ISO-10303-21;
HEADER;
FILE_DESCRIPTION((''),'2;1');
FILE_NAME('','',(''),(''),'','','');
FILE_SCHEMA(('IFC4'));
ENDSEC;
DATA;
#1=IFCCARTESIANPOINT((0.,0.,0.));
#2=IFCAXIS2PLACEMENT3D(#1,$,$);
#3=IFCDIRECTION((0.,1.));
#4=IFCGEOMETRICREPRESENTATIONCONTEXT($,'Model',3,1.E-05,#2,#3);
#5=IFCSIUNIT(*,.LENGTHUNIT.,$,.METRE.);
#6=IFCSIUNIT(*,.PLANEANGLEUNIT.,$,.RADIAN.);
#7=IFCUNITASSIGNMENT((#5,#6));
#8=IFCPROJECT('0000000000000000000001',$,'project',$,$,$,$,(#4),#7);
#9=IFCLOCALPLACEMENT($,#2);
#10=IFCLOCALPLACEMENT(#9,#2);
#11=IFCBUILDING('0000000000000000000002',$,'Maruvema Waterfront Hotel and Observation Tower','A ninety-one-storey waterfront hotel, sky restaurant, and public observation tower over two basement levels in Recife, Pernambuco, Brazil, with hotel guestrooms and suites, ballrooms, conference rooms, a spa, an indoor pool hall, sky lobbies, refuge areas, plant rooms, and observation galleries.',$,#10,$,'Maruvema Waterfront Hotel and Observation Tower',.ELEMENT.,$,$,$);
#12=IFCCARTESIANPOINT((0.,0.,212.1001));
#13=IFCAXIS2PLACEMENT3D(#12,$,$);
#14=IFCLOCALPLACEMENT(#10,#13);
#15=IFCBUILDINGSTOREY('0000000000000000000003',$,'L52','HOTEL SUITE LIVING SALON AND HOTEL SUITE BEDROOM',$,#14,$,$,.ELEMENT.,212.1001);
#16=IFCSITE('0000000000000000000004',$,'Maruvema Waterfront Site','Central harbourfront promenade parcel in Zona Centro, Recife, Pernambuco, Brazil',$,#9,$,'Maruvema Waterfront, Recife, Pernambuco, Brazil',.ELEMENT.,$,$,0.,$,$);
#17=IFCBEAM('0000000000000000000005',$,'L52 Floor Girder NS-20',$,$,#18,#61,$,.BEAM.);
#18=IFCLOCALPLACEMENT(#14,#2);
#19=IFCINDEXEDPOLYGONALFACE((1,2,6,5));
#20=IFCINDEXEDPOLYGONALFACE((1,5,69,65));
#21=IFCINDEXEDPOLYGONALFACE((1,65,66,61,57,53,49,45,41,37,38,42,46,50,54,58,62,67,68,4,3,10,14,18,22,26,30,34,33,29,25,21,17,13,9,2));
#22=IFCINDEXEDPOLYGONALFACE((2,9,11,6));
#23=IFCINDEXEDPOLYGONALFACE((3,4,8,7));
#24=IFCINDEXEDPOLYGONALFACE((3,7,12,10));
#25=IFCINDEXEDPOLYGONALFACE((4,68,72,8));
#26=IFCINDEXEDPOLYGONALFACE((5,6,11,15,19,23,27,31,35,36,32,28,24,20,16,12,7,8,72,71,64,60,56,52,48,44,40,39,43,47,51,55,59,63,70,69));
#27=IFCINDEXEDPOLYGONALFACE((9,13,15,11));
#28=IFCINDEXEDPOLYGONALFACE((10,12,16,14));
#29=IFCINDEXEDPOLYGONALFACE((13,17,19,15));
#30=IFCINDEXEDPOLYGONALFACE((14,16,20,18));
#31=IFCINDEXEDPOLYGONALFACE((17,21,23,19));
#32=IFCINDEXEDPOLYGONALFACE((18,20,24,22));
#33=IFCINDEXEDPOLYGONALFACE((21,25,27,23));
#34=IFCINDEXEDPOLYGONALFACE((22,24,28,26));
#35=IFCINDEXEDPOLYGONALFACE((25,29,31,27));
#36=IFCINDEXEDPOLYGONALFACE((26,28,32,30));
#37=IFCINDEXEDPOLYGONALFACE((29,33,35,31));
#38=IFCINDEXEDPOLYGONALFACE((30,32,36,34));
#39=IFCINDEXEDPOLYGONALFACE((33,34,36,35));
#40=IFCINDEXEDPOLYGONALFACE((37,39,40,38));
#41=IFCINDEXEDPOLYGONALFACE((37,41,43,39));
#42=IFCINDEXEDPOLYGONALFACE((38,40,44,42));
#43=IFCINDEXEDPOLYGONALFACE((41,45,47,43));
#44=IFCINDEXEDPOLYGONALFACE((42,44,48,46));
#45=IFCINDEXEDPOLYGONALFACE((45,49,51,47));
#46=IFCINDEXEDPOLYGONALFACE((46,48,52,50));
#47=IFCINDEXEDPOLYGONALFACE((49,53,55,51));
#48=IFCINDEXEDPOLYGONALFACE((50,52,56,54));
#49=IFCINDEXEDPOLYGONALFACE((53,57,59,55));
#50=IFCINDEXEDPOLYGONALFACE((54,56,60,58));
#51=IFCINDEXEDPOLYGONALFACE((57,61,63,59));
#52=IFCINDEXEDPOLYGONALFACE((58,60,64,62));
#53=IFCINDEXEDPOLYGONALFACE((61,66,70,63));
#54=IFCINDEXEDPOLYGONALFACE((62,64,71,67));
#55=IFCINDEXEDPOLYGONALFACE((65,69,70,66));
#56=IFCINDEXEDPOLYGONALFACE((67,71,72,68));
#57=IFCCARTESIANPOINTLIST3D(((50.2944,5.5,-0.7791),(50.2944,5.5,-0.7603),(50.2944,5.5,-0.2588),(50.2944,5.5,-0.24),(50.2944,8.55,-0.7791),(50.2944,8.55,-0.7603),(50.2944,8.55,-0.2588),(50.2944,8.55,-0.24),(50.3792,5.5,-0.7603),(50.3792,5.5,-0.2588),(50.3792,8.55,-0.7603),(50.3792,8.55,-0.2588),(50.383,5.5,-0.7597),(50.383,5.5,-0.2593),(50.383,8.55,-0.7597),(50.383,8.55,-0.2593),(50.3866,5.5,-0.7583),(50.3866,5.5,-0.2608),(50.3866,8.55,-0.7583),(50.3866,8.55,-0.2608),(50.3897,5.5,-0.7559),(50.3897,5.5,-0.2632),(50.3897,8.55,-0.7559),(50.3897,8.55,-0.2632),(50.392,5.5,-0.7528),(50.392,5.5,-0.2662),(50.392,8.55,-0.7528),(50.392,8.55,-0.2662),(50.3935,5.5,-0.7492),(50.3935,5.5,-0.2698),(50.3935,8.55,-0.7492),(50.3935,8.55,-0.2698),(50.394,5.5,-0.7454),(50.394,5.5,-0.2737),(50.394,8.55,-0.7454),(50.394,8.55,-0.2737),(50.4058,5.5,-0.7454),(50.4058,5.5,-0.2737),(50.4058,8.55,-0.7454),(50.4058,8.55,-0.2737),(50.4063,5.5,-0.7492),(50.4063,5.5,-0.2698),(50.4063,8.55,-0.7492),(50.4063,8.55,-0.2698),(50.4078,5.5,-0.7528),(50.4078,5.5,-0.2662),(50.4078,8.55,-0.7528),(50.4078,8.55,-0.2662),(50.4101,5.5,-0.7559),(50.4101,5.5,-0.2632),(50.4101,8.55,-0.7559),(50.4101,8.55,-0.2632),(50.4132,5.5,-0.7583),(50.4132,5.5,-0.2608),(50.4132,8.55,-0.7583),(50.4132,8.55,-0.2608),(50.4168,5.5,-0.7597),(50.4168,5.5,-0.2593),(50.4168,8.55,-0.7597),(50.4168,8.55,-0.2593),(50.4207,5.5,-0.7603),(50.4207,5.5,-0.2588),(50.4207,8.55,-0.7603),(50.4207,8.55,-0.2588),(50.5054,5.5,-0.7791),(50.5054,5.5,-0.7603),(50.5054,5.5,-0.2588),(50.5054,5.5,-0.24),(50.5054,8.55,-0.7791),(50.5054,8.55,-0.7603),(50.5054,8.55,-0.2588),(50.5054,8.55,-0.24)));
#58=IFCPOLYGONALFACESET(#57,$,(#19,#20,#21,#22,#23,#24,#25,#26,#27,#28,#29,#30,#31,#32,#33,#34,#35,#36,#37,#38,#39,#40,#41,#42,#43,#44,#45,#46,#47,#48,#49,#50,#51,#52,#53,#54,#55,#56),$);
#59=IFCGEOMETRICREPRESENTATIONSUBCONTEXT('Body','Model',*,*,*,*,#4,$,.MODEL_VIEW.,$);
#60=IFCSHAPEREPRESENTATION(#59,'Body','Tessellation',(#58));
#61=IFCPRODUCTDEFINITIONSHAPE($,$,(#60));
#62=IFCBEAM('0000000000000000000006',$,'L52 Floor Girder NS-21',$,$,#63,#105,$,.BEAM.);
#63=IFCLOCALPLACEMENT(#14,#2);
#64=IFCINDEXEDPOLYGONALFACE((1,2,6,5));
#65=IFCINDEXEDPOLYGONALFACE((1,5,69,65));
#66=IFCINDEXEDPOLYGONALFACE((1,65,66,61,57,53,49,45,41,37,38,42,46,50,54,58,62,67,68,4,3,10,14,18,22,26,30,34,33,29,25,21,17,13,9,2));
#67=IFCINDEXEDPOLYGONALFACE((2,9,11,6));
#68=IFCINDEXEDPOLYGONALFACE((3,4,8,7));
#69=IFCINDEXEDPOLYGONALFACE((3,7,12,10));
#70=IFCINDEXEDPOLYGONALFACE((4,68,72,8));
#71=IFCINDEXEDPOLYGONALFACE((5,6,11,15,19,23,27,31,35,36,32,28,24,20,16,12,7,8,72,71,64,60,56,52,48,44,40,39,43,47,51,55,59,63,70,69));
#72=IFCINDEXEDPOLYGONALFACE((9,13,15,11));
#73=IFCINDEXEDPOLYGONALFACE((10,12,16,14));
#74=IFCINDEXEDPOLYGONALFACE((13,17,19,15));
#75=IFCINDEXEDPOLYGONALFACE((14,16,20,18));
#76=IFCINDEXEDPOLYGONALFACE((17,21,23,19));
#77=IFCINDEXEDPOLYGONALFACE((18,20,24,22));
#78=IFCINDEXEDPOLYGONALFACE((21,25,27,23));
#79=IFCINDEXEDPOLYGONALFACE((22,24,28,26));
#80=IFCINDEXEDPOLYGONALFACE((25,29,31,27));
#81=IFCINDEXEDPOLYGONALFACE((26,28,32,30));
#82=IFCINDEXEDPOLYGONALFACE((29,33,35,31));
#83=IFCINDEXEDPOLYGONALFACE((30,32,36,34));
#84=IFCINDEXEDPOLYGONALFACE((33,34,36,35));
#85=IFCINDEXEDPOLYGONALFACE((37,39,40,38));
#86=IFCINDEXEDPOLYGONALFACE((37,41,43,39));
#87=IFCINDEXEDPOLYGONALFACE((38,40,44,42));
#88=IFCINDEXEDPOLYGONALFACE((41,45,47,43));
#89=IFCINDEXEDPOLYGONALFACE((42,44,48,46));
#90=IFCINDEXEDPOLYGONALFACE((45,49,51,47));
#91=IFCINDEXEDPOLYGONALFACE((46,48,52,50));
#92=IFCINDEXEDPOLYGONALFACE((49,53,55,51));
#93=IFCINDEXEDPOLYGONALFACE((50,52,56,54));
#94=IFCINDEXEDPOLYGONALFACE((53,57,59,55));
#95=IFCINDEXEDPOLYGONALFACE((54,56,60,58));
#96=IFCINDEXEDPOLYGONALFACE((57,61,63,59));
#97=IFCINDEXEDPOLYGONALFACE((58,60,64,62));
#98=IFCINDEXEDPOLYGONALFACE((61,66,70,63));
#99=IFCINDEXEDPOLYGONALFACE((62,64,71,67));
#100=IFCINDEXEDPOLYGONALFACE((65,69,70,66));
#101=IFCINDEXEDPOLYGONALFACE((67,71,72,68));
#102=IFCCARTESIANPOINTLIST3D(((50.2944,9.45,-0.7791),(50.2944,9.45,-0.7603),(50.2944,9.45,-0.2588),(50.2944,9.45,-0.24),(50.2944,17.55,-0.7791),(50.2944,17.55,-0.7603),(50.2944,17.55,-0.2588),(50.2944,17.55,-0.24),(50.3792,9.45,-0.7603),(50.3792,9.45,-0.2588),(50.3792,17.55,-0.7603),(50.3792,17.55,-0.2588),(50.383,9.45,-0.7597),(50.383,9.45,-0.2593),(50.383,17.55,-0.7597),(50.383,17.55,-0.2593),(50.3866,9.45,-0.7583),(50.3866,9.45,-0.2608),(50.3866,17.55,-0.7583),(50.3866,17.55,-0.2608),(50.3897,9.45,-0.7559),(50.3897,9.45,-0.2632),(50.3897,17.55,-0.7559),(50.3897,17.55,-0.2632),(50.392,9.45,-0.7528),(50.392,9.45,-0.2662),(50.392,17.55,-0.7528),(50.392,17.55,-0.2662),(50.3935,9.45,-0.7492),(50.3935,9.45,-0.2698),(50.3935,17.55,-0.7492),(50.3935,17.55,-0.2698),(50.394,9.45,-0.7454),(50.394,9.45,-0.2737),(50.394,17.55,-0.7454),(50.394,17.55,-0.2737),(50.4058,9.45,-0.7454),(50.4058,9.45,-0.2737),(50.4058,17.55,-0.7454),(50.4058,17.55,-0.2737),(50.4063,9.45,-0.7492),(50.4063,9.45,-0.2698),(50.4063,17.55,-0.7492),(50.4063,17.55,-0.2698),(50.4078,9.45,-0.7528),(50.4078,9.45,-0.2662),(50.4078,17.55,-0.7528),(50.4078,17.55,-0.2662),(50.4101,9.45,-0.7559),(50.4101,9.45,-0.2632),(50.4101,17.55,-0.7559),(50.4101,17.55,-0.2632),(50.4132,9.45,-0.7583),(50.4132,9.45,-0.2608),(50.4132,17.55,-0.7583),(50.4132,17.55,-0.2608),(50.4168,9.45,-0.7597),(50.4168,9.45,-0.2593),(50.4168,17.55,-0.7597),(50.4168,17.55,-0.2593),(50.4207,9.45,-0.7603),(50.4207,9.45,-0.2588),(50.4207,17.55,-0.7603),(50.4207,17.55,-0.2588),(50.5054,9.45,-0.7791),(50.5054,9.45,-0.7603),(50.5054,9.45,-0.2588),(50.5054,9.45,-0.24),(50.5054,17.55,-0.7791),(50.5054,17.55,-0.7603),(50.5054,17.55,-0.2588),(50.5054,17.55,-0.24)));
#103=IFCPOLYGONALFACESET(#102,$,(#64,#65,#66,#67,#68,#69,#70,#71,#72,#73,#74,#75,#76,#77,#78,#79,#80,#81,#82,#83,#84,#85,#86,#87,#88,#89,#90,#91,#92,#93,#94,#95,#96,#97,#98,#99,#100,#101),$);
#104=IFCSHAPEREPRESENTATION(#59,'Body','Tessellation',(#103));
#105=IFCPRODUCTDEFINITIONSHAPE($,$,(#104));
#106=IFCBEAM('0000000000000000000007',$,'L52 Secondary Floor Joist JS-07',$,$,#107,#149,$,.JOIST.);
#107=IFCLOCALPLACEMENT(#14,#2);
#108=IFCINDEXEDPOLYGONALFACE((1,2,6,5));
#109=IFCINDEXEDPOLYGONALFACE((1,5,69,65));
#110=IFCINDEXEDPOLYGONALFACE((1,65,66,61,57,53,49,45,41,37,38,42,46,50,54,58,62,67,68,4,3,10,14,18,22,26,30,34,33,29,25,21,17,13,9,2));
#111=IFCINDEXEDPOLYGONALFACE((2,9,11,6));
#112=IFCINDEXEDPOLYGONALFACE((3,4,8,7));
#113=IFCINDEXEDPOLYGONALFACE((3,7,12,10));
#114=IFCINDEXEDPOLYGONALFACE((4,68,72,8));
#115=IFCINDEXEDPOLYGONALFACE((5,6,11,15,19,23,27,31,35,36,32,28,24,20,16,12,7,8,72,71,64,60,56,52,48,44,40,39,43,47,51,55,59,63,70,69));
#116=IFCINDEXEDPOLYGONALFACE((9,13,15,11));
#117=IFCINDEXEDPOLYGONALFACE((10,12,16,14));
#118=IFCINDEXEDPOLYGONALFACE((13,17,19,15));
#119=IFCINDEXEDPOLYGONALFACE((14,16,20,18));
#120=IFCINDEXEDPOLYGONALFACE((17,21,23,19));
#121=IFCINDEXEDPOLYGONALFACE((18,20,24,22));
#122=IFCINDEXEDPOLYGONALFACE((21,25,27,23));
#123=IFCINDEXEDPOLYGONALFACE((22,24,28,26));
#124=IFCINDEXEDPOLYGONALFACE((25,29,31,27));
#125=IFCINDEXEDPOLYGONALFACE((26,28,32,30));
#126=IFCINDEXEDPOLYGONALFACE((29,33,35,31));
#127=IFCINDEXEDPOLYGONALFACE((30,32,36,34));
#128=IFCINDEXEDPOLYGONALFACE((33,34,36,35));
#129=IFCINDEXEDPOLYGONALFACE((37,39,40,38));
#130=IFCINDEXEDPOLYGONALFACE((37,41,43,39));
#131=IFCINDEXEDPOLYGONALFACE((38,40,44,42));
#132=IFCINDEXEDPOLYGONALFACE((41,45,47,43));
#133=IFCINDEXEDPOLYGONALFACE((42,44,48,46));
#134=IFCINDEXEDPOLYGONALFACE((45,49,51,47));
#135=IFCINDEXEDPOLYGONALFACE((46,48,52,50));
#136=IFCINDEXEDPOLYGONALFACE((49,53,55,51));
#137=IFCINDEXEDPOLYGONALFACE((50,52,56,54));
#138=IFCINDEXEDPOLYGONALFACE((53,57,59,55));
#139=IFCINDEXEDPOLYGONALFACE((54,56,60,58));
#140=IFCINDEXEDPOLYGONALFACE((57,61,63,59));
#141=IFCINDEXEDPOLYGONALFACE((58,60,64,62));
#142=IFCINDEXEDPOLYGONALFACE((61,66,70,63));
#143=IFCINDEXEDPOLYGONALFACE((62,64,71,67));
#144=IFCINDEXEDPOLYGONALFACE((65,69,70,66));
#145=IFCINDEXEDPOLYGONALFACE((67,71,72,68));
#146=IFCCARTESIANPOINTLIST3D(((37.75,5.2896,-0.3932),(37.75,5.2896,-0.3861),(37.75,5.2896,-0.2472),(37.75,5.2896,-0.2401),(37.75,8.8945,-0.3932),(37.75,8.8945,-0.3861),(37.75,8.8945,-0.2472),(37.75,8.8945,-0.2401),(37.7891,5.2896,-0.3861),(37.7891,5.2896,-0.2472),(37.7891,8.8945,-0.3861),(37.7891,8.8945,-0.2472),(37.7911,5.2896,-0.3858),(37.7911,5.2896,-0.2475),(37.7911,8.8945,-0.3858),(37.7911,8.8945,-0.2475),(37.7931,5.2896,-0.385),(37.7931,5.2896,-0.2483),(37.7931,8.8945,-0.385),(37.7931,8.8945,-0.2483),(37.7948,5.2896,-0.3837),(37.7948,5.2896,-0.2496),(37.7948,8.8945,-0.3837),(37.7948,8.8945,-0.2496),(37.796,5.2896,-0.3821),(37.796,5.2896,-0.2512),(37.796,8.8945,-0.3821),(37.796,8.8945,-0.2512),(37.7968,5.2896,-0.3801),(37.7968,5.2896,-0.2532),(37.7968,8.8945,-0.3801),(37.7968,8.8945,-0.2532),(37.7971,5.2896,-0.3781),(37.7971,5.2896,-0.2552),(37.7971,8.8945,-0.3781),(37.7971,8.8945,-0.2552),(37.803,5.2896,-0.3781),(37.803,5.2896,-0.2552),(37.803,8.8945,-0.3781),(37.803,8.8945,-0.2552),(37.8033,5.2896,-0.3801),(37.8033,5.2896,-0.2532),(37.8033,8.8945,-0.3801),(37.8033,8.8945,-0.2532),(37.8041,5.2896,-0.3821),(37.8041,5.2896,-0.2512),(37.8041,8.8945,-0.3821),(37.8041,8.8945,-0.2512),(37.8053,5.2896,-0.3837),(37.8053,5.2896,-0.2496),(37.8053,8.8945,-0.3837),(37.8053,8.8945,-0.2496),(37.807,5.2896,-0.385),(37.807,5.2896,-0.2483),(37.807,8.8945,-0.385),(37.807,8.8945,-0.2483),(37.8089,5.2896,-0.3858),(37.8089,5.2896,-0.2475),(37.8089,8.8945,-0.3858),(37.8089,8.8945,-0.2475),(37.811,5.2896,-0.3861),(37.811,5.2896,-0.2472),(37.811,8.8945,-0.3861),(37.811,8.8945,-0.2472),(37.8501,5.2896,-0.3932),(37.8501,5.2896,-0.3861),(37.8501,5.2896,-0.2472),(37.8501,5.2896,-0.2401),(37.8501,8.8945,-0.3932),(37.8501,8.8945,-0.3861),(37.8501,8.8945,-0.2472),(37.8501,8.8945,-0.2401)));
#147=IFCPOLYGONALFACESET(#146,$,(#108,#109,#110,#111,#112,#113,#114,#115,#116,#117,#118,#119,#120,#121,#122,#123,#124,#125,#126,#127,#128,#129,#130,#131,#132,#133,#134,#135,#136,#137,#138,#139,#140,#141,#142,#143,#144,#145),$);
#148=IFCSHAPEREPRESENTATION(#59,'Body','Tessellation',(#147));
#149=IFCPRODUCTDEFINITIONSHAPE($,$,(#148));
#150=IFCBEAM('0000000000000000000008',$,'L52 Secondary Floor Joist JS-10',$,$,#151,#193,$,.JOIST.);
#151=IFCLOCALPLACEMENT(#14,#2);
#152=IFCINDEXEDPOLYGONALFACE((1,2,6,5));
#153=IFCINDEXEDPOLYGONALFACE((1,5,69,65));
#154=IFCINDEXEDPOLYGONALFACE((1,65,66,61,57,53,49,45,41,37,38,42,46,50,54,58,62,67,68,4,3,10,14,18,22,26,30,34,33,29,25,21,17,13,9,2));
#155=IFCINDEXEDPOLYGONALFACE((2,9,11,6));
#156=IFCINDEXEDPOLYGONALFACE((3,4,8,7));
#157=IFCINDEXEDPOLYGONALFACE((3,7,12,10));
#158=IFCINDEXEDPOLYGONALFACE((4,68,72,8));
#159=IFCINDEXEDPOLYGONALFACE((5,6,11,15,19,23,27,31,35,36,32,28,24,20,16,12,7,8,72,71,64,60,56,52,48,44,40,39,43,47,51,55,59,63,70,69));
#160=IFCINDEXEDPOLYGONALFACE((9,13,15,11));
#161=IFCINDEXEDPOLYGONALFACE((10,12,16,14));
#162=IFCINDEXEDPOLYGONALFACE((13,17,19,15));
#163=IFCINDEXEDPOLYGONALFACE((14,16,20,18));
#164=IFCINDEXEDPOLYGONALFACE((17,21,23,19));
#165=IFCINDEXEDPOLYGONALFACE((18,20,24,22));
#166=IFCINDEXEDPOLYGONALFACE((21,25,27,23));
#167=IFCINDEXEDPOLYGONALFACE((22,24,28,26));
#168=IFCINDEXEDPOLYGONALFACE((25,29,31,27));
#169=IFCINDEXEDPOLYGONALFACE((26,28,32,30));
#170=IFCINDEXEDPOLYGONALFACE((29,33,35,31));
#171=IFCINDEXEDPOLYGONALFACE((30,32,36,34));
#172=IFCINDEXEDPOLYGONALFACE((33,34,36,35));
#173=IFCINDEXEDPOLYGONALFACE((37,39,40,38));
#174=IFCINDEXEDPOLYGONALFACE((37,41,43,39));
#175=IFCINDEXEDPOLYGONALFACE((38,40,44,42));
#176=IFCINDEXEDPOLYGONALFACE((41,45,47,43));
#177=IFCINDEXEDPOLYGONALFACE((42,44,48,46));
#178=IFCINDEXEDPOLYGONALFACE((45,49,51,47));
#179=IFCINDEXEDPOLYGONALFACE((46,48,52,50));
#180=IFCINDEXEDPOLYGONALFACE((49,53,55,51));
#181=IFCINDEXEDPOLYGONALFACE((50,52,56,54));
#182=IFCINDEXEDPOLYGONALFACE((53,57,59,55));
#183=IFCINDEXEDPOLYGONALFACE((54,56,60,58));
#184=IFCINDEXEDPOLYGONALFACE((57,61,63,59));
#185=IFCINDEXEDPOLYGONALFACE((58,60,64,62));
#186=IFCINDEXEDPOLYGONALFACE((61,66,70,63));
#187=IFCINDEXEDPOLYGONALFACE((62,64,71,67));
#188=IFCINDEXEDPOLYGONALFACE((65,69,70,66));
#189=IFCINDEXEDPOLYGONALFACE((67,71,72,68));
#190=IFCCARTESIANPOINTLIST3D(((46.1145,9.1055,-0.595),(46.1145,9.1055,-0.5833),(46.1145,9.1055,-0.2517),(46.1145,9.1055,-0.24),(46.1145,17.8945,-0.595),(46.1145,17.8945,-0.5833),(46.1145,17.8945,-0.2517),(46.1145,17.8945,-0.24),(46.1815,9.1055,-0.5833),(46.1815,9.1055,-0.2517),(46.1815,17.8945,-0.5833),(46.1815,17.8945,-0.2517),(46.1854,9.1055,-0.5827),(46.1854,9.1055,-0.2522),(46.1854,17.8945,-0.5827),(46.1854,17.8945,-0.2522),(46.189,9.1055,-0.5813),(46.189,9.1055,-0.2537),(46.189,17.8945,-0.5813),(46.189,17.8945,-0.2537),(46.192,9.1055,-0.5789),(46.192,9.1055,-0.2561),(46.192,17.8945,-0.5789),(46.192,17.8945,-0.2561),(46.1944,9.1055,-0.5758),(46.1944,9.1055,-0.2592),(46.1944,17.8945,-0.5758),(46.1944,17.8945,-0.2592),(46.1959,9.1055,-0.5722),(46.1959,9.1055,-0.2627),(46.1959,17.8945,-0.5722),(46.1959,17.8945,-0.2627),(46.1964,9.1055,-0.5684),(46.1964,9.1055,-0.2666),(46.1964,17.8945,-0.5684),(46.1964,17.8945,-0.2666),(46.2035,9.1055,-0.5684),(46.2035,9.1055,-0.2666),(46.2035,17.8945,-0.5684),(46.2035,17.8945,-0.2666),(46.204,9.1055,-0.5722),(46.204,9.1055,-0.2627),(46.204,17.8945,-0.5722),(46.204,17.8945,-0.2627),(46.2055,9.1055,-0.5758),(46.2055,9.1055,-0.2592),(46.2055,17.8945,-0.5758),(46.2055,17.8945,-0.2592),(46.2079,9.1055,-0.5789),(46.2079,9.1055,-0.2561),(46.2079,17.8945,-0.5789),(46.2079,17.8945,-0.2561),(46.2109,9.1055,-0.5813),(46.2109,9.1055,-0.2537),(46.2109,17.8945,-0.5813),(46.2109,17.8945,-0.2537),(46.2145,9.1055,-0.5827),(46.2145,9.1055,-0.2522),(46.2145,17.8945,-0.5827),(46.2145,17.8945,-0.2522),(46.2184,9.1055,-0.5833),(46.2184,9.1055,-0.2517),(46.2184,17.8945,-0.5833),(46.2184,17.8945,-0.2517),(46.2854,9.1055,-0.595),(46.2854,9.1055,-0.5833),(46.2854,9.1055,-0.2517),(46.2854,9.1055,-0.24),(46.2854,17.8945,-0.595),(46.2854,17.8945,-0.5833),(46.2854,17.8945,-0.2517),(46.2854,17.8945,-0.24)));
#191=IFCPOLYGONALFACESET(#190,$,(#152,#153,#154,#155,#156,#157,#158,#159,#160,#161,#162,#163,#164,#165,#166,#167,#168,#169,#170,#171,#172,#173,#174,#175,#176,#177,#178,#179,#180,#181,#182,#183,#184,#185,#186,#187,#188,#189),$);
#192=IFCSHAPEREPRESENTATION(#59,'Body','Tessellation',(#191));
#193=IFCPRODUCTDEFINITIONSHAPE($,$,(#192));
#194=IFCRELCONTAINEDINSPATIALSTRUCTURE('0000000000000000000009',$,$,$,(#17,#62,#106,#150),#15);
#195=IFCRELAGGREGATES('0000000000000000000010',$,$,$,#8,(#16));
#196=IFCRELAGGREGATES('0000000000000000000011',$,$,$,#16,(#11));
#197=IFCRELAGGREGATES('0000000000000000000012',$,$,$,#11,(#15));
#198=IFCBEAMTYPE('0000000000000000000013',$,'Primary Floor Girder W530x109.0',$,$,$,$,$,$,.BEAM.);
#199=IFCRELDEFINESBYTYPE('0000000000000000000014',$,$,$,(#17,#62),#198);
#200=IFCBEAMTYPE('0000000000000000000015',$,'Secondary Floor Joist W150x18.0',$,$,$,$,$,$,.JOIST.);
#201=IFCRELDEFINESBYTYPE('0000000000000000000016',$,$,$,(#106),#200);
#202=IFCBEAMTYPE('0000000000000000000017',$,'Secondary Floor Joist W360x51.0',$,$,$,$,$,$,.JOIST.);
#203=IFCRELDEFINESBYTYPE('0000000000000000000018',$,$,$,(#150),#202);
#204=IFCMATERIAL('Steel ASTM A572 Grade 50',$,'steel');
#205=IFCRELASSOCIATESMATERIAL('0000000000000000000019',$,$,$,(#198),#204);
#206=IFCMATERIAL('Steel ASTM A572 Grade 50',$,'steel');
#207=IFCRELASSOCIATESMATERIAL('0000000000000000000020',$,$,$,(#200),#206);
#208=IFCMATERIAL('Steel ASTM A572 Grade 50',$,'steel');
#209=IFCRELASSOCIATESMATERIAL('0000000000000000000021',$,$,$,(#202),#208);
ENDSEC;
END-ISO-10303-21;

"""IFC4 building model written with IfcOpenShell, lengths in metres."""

from ifc_helpers import new_model, si_unit, direction, frame, origin, origin_2d, place, context, subcontext, project, spatial, i_section, extrude, material, material_profile, profile_set, type_object, element, save


model = new_model("IFC4")

# Units and contexts
model_context = context("Model", 3, precision=1e-05, world=origin(), true_north=direction((0.0, 1.0)))
body_context = subcontext(model_context, "Body", "Model", "MODEL_VIEW")
ifc_project = project(units=[si_unit("LENGTHUNIT", "METRE"), si_unit("PLANEANGLEUNIT", "RADIAN")], contexts=[model_context])

# Site, building, storey
site_placement = place(None, origin())
site = spatial("IfcSite", under=ifc_project, at=site_placement, Name="Maruvema Waterfront Site", Description="Central harbourfront promenade parcel in Zona Centro, Recife, Pernambuco, Brazil", LongName="Maruvema Waterfront, Recife, Pernambuco, Brazil", CompositionType="ELEMENT", RefElevation=0.0)
building_placement = place(site_placement, origin())
building = spatial("IfcBuilding", under=site, at=building_placement, Name="Maruvema Waterfront Hotel and Observation Tower", Description="A ninety-one-storey waterfront hotel, sky restaurant, and public observation tower over two basement levels in Recife, Pernambuco, Brazil, with hotel guestrooms and suites, ballrooms, conference rooms, a spa, an indoor pool hall, sky lobbies, refuge areas, plant rooms, and observation galleries.", LongName="Maruvema Waterfront Hotel and Observation Tower", CompositionType="ELEMENT")
storey_placement = place(building_placement, frame((0.0, 0.0, 212.1001)))
storey = spatial("IfcBuildingStorey", under=building, at=storey_placement, Name="L52", Description="HOTEL SUITE LIVING SALON AND HOTEL SUITE BEDROOM", CompositionType="ELEMENT", Elevation=212.1001)

# Beams
ifc_material_1 = material(Name="Steel ASTM A572 Grade 50", Category="steel")
ifc_material_profile_1 = material_profile(ifc_material_1, i_section(OverallWidth=0.2109, OverallDepth=0.5391, WebThickness=0.0117, FlangeThickness=0.0188, FilletRadius=0.0149, at=origin_2d()), Name="W530x109.0")
ifc_profile_set_1 = profile_set([ifc_material_profile_1], Name="Steel ASTM A572 Grade 50")
beam_type_1 = type_object("IfcBeamType", Name="Primary Floor Girder W530x109.0", PredefinedType="BEAM", material=ifc_profile_set_1)
beam_1_placement = place(storey_placement, frame((50.3999, 5.5, -0.5095), z_axis=(0.0, 1.0, 0.0), x_axis=(-1.0, 0.0, 0.0)))
element("IfcBeam", 1, at=beam_1_placement, inside=storey, type_object=beam_type_1, Name="L52 Floor Girder NS-20", PredefinedType="BEAM", context=body_context, shape_type="SweptSolid", body=[
    extrude(i_section(OverallWidth=0.2109, OverallDepth=0.5391, WebThickness=0.0117, FlangeThickness=0.0188, FilletRadius=0.0149, at=origin_2d()), origin(), (0.0, 0.0, 1.0), 3.05),
])
beam_2_placement = place(storey_placement, frame((50.3999, 9.45, -0.5095), z_axis=(0.0, 1.0, 0.0), x_axis=(-1.0, 0.0, 0.0)))
element("IfcBeam", 2, at=beam_2_placement, inside=storey, type_object=beam_type_1, Name="L52 Floor Girder NS-21", PredefinedType="BEAM", context=body_context, shape_type="SweptSolid", body=[
    extrude(i_section(OverallWidth=0.2109, OverallDepth=0.5391, WebThickness=0.0117, FlangeThickness=0.0188, FilletRadius=0.0149, at=origin_2d()), origin(), (0.0, 0.0, 1.0), 8.1001),
])
ifc_material_2 = material(Name="Steel ASTM A572 Grade 50", Category="steel")
ifc_material_profile_2 = material_profile(ifc_material_2, i_section(OverallWidth=0.1001, OverallDepth=0.1531, WebThickness=0.0059, FlangeThickness=0.0071, FilletRadius=0.0081, at=origin_2d()), Name="W150x18.0")
ifc_profile_set_2 = profile_set([ifc_material_profile_2], Name="Steel ASTM A572 Grade 50")
beam_type_2 = type_object("IfcBeamType", Name="Secondary Floor Joist W150x18.0", PredefinedType="JOIST", material=ifc_profile_set_2)
beam_3_placement = place(storey_placement, frame((37.8, 5.2896, -0.3167), z_axis=(0.0, 1.0, 0.0), x_axis=(-1.0, 0.0, 0.0)))
element("IfcBeam", 3, at=beam_3_placement, inside=storey, type_object=beam_type_2, Name="L52 Secondary Floor Joist JS-07", PredefinedType="JOIST", context=body_context, shape_type="SweptSolid", body=[
    extrude(i_section(OverallWidth=0.1001, OverallDepth=0.1531, WebThickness=0.0059, FlangeThickness=0.0071, FilletRadius=0.0081, at=origin_2d()), origin(), (0.0, 0.0, 1.0), 3.605),
])
ifc_material_3 = material(Name="Steel ASTM A572 Grade 50", Category="steel")
ifc_material_profile_3 = material_profile(ifc_material_3, i_section(OverallWidth=0.1709, OverallDepth=0.355, WebThickness=0.0071, FlangeThickness=0.0117, FilletRadius=0.0149, at=origin_2d()), Name="W360x51.0")
ifc_profile_set_3 = profile_set([ifc_material_profile_3], Name="Steel ASTM A572 Grade 50")
beam_type_3 = type_object("IfcBeamType", Name="Secondary Floor Joist W360x51.0", PredefinedType="JOIST", material=ifc_profile_set_3)
beam_4_placement = place(storey_placement, frame((46.2, 9.1055, -0.4175), z_axis=(0.0, 1.0, 0.0), x_axis=(-1.0, 0.0, 0.0)))
element("IfcBeam", 4, at=beam_4_placement, inside=storey, type_object=beam_type_3, Name="L52 Secondary Floor Joist JS-10", PredefinedType="JOIST", context=body_context, shape_type="SweptSolid", body=[
    extrude(i_section(OverallWidth=0.1709, OverallDepth=0.355, WebThickness=0.0071, FlangeThickness=0.0117, FilletRadius=0.0149, at=origin_2d()), origin(), (0.0, 0.0, 1.0), 8.7891),
])

save(model, "model.ifc")
